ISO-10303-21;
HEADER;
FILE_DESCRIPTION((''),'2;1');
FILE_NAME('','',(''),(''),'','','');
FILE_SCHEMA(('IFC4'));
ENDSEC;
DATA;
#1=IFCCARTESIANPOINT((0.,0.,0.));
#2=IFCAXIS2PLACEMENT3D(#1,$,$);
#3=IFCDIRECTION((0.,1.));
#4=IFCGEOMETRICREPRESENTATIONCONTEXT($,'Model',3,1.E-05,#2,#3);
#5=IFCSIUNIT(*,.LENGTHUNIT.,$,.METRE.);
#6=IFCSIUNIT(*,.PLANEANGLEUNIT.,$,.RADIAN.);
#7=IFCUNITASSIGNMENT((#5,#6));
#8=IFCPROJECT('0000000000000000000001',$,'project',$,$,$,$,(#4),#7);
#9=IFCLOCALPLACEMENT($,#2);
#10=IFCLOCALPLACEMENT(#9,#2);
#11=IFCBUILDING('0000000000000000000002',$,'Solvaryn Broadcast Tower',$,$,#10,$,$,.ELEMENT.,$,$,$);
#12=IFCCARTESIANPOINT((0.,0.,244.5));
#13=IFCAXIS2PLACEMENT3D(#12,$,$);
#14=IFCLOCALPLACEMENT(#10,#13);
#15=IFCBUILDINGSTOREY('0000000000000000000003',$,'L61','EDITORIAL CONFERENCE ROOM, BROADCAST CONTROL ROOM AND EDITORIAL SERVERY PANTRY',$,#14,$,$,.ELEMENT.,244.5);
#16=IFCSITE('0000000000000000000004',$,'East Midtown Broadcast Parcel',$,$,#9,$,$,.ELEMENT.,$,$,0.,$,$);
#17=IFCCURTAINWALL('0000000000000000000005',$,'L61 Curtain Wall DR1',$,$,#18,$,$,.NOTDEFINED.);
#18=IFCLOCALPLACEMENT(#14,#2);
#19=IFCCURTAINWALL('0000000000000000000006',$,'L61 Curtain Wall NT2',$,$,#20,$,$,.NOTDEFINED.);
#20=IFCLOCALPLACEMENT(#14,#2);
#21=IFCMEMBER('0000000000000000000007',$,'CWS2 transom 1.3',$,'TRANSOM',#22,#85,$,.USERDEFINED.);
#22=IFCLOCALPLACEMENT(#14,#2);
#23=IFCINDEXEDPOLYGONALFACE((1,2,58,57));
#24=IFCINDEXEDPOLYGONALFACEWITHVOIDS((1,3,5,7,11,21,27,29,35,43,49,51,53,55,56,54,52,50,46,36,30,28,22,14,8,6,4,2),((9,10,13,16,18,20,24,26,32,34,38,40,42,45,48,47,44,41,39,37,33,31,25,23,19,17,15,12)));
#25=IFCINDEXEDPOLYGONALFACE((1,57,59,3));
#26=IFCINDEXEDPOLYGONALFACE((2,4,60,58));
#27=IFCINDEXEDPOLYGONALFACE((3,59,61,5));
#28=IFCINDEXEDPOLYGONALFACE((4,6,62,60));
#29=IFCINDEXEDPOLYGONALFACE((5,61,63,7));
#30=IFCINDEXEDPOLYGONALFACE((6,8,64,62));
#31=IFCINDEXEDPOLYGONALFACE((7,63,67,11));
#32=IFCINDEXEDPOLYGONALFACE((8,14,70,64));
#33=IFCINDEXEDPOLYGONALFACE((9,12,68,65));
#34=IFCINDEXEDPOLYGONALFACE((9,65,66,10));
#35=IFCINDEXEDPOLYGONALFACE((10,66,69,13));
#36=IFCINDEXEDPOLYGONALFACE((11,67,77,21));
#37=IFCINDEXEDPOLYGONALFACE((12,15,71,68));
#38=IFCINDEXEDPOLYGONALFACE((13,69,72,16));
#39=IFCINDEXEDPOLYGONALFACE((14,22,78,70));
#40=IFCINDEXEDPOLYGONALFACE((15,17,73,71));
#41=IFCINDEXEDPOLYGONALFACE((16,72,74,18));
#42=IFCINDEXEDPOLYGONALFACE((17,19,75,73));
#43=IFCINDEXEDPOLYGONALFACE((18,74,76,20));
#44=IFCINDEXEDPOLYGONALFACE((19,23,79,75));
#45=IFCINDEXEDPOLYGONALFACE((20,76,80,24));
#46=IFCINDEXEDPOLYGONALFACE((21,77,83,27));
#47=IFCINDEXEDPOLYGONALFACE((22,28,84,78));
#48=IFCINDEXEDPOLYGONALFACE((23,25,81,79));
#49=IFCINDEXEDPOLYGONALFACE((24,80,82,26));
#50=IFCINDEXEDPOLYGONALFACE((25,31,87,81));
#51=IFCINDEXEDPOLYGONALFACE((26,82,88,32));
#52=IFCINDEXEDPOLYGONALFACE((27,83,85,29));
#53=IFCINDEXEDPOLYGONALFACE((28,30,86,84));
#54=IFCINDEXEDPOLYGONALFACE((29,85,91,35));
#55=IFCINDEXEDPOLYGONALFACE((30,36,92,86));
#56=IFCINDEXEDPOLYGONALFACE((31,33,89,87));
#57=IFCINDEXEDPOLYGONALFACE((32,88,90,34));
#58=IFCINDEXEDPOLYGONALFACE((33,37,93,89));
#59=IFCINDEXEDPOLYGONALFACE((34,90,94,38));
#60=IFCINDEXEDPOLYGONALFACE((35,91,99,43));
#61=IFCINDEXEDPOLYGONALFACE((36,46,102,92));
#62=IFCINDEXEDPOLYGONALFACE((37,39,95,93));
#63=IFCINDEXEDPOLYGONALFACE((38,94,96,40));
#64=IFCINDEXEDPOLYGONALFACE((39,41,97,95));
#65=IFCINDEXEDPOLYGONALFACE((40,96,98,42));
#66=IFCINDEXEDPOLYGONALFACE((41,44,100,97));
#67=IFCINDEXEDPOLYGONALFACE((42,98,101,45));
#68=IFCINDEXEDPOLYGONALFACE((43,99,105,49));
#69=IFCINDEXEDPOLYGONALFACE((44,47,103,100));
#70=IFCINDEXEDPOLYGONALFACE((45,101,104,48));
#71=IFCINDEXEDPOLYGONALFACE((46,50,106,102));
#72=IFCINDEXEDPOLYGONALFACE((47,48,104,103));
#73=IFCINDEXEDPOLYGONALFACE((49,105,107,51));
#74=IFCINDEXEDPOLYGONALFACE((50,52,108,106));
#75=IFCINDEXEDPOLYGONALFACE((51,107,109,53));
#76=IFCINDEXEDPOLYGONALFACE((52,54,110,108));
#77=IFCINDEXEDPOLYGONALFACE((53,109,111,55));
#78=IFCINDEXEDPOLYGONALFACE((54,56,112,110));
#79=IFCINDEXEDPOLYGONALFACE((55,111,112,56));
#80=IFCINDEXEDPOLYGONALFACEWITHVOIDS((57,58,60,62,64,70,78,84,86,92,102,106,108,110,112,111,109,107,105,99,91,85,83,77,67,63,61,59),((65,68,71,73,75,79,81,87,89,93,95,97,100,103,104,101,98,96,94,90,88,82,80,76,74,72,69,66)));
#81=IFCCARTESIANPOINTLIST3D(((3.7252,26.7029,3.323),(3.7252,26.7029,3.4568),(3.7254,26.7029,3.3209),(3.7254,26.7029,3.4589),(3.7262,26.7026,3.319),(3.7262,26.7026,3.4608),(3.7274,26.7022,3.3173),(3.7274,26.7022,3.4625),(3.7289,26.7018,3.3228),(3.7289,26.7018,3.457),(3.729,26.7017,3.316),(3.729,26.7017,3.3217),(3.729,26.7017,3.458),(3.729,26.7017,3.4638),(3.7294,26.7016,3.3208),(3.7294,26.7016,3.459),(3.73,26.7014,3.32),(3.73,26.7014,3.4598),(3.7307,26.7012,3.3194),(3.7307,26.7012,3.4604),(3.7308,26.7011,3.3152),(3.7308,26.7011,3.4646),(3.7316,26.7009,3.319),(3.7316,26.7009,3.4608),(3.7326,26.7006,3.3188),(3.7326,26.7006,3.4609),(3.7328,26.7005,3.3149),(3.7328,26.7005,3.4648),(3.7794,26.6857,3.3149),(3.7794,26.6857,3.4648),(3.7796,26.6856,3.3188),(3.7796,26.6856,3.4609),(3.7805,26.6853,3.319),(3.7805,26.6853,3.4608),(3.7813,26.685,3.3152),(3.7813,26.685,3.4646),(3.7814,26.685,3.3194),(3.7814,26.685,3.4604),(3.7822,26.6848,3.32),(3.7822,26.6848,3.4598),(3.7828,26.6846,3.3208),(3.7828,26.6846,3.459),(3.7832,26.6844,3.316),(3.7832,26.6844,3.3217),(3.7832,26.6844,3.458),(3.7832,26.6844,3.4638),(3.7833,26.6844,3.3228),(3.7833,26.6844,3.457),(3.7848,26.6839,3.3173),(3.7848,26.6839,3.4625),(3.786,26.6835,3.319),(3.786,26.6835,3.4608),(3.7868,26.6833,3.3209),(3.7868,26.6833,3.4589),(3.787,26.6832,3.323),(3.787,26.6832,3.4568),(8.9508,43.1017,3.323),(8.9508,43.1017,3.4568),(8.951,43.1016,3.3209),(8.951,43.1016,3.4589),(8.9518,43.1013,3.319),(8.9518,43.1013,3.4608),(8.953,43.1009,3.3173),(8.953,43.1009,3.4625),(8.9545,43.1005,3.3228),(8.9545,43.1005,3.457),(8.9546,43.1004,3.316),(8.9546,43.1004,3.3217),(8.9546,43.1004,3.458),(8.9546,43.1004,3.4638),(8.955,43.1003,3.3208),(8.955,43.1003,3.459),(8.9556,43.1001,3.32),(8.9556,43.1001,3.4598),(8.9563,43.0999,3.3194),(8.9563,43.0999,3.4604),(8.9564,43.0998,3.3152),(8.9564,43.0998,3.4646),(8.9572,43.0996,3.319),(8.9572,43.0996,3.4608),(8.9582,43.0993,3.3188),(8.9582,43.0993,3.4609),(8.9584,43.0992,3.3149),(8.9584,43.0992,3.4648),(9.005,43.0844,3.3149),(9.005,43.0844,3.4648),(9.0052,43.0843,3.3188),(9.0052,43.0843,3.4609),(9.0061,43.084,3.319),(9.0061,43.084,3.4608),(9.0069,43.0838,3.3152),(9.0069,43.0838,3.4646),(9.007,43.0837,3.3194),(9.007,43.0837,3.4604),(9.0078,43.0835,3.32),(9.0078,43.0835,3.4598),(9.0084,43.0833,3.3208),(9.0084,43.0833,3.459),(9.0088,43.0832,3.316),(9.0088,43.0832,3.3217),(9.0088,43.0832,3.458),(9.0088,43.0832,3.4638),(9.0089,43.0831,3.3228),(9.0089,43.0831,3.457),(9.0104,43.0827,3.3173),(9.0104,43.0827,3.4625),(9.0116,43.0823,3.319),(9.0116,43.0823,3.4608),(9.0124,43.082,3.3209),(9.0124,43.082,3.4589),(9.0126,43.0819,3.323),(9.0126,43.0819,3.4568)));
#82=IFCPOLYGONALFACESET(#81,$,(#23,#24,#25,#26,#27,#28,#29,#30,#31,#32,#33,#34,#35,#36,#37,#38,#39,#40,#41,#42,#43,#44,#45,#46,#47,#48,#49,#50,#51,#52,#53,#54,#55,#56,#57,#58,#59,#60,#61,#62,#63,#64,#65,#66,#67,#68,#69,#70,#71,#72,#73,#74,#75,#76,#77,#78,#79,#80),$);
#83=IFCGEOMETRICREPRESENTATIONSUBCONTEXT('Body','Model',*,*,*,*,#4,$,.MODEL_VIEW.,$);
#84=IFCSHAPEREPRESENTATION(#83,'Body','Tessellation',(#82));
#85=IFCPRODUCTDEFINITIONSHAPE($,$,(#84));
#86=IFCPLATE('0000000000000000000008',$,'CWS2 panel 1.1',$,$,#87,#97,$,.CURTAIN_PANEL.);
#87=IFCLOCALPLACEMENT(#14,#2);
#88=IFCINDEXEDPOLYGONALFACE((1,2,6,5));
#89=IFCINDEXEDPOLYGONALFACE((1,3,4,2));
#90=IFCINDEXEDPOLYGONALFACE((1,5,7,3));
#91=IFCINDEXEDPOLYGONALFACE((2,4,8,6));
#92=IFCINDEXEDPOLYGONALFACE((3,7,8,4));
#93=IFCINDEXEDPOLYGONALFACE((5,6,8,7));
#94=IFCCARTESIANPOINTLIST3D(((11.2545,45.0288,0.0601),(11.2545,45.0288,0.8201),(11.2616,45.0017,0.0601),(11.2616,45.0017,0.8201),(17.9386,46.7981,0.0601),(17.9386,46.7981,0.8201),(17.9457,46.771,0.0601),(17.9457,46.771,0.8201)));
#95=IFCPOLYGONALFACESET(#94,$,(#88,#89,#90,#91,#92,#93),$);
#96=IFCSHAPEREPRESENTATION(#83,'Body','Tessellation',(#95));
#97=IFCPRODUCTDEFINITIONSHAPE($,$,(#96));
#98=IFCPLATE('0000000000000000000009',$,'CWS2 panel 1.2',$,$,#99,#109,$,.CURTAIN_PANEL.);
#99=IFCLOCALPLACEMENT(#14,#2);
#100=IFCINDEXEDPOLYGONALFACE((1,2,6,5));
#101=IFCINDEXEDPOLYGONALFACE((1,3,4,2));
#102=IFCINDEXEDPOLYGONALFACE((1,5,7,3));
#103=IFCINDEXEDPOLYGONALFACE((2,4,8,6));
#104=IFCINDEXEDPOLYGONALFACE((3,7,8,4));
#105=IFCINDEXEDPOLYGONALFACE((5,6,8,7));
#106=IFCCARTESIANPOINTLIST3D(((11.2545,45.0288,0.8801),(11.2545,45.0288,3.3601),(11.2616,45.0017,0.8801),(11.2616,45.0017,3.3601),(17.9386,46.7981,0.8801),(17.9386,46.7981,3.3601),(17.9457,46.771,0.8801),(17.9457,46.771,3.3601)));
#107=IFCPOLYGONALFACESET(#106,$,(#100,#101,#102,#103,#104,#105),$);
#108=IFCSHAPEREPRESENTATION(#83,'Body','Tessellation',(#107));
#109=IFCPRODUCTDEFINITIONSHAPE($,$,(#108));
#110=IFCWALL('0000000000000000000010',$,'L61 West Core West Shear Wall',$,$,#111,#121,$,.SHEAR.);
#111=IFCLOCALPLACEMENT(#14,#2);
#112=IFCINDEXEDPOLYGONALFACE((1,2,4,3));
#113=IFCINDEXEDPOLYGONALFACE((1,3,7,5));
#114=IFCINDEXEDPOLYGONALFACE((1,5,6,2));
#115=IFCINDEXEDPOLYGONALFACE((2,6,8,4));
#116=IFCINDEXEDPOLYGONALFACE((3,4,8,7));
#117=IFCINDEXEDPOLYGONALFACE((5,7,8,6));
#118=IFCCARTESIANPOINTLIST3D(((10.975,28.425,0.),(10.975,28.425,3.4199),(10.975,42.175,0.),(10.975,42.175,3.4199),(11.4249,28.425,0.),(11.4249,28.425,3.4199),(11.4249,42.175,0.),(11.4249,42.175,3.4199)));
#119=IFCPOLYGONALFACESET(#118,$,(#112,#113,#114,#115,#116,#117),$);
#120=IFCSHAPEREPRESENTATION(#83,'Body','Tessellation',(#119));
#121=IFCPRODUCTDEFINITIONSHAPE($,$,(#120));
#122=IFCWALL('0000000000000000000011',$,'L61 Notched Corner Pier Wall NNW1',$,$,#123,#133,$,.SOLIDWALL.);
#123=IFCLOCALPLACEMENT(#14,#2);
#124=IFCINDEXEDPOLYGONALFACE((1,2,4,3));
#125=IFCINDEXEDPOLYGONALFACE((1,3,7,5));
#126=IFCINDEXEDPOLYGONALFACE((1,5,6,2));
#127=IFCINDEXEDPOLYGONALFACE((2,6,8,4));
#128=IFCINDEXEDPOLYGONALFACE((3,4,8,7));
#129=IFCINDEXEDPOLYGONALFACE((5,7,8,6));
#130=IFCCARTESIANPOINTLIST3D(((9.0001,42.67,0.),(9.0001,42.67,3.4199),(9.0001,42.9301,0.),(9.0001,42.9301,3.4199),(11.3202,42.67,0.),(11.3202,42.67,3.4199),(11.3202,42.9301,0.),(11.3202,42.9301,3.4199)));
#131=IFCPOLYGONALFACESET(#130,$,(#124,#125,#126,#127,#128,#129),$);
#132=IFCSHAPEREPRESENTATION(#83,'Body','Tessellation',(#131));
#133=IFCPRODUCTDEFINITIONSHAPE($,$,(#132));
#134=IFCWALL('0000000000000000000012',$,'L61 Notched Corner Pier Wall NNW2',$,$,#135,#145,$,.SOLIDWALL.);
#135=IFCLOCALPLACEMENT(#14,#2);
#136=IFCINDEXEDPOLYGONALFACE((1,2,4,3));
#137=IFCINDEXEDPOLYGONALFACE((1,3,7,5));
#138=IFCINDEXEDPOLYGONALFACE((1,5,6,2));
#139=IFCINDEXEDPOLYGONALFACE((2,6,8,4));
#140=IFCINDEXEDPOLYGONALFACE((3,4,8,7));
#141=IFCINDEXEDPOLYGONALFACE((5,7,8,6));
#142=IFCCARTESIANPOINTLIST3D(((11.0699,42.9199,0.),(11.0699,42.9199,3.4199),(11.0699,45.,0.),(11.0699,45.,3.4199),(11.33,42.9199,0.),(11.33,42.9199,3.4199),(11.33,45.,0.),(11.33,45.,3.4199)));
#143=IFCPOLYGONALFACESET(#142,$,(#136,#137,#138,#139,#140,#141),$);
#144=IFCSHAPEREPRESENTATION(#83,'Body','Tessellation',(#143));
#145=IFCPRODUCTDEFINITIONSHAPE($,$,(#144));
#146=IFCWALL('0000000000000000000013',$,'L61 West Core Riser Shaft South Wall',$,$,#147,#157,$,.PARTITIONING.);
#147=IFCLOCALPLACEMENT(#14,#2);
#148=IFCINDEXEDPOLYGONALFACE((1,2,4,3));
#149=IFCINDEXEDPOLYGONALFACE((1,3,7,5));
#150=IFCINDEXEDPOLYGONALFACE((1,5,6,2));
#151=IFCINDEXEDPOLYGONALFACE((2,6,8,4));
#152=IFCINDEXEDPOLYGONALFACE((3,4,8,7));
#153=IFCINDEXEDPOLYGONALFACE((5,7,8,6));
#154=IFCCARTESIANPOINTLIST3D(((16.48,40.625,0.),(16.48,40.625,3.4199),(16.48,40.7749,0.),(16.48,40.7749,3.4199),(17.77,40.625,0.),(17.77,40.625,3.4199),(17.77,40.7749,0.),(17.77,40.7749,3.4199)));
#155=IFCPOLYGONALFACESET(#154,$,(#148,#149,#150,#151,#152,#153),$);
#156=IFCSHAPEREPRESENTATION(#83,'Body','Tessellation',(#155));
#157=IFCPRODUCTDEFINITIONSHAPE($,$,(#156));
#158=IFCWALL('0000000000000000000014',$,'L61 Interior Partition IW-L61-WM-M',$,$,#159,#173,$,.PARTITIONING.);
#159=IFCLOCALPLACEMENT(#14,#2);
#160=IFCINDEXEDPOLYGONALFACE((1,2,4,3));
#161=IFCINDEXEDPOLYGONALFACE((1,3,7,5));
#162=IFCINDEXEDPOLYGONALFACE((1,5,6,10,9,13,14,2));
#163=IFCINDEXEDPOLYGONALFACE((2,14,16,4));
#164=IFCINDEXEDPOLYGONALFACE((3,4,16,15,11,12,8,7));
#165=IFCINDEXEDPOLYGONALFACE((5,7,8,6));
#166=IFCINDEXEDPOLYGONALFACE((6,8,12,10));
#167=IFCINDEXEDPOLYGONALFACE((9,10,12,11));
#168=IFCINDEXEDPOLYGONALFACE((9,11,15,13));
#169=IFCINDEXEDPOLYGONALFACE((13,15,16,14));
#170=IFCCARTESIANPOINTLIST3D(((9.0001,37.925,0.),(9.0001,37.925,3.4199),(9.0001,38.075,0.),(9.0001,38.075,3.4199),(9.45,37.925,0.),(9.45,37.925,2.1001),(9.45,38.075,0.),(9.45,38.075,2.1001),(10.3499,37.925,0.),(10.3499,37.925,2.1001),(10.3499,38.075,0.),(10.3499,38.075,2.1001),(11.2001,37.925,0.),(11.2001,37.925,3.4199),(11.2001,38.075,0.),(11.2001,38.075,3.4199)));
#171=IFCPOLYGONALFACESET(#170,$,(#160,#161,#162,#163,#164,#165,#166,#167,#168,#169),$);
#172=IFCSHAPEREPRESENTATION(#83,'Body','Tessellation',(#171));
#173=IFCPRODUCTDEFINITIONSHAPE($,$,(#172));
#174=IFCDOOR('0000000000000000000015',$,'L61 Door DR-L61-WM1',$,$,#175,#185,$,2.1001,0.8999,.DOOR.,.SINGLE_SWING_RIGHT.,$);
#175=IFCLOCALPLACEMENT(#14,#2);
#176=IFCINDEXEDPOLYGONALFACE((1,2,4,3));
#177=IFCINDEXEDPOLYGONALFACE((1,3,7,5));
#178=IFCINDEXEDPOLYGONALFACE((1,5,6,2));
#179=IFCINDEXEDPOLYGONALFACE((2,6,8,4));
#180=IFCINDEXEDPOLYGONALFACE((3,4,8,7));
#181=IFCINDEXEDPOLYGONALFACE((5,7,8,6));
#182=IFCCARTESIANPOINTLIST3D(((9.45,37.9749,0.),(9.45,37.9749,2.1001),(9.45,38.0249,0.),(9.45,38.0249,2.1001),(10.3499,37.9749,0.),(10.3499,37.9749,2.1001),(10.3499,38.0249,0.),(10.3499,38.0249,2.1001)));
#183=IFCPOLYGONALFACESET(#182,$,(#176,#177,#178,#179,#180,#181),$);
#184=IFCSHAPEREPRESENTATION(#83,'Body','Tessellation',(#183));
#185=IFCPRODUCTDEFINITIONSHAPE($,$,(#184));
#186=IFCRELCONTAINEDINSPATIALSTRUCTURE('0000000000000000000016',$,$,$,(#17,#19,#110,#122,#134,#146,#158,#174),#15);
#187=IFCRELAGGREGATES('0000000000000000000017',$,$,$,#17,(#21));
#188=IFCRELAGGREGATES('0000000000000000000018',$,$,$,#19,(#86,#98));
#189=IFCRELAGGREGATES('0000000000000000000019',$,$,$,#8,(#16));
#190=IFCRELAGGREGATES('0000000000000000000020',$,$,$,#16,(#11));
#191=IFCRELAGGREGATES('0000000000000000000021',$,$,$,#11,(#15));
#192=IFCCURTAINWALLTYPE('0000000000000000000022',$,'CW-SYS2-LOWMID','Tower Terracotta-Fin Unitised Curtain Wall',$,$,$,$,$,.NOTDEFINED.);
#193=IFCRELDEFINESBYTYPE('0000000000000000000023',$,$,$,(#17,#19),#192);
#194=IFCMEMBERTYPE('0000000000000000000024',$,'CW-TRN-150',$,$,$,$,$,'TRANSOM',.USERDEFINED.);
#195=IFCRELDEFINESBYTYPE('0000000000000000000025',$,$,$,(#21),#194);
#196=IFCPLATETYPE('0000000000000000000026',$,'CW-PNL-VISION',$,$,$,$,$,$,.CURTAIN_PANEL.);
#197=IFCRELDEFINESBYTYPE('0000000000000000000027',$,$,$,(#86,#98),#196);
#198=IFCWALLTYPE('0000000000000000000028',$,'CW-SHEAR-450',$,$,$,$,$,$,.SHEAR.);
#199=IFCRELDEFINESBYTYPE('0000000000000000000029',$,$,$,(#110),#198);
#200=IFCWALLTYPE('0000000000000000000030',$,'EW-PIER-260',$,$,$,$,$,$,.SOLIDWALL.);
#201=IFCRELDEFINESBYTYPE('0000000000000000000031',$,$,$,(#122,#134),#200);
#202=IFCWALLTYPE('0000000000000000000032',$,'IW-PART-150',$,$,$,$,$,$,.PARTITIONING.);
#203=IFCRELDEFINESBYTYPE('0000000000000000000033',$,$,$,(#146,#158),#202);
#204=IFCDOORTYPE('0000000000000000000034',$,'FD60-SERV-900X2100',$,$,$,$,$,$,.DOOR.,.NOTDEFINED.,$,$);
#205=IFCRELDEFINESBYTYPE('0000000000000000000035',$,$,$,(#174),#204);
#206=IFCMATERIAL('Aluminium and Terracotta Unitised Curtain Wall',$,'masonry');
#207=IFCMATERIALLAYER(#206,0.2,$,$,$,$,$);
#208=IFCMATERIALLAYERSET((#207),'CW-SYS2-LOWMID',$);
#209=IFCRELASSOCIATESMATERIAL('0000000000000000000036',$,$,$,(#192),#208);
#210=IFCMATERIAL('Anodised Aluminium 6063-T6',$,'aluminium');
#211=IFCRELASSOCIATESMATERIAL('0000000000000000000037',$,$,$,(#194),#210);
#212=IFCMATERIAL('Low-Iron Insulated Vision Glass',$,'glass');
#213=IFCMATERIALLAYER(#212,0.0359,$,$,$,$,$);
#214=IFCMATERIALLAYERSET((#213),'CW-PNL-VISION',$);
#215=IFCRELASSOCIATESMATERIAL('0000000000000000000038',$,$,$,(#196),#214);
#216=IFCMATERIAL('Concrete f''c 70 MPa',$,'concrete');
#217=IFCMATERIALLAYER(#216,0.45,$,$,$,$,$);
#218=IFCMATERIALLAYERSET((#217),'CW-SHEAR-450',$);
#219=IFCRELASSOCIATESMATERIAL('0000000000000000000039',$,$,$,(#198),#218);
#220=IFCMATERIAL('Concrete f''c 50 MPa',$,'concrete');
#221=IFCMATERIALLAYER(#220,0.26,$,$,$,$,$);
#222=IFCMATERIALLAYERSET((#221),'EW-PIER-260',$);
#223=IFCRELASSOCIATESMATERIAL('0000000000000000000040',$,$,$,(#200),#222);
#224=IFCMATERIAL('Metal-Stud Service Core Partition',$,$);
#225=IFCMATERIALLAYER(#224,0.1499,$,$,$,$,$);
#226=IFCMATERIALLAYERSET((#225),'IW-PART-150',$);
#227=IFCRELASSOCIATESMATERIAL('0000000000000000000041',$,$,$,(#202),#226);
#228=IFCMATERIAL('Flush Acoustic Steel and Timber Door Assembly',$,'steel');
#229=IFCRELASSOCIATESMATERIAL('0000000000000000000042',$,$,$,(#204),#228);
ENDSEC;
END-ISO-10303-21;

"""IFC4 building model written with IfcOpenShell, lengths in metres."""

from ifc_helpers import new_model, si_unit, direction, frame, frame_2d, origin, origin_2d, place, context, subcontext, project, spatial, rectangle, hollow_rectangle, extrude, material, layer, layer_set, material_profile, profile_set, type_object, element, fill, aggregate, save


model = new_model("IFC4")

# Units and contexts
model_context = context("Model", 3, precision=1e-05, world=origin(), true_north=direction((0.0, 1.0)))
body_context = subcontext(model_context, "Body", "Model", "MODEL_VIEW")
ifc_project = project(units=[si_unit("LENGTHUNIT", "METRE"), si_unit("PLANEANGLEUNIT", "RADIAN")], contexts=[model_context])

# Site, building, storey
site_placement = place(None, origin())
site = spatial("IfcSite", under=ifc_project, at=site_placement, Name="East Midtown Broadcast Parcel", CompositionType="ELEMENT", RefElevation=0.0)
building_placement = place(site_placement, origin())
building = spatial("IfcBuilding", under=site, at=building_placement, Name="Solvaryn Broadcast Tower", CompositionType="ELEMENT")
storey_placement = place(building_placement, frame((0.0, 0.0, 244.5)))
storey = spatial("IfcBuildingStorey", under=building, at=storey_placement, Name="L61", Description="EDITORIAL CONFERENCE ROOM, BROADCAST CONTROL ROOM AND EDITORIAL SERVERY PANTRY", CompositionType="ELEMENT", Elevation=244.5)

# Curtain walls
ifc_material_1 = material(Name="Aluminium and Terracotta Unitised Curtain Wall", Category="masonry")
ifc_layer_1 = layer(ifc_material_1, 0.2)
ifc_layer_set_1 = layer_set([ifc_layer_1], Name="CW-SYS2-LOWMID")
curtain_wall_type = type_object("IfcCurtainWallType", Name="CW-SYS2-LOWMID", Description="Tower Terracotta-Fin Unitised Curtain Wall", PredefinedType="NOTDEFINED", material=ifc_layer_set_1)
curtain_wall_1_placement = place(storey_placement, origin())
curtain_wall_1 = element("IfcCurtainWall", 1, at=curtain_wall_1_placement, inside=storey, type_object=curtain_wall_type, Name="L61 Curtain Wall DR1", PredefinedType="NOTDEFINED")
curtain_wall_2_placement = place(storey_placement, origin())
curtain_wall_2 = element("IfcCurtainWall", 2, at=curtain_wall_2_placement, inside=storey, type_object=curtain_wall_type, Name="L61 Curtain Wall NT2", PredefinedType="NOTDEFINED")

# Member
ifc_material_2 = material(Name="Anodised Aluminium 6063-T6", Category="aluminium")
ifc_material_profile_1 = material_profile(ifc_material_2, hollow_rectangle(XDim=0.0649, YDim=0.1499, WallThickness=0.0039, InnerFilletRadius=0.0039, OuterFilletRadius=0.0081, at=origin_2d()))
ifc_profile_set_1 = profile_set([ifc_material_profile_1], Name="Anodised Aluminium 6063-T6")
member_type_1 = type_object("IfcMemberType", Name="CW-TRN-150", ElementType="TRANSOM", PredefinedType="USERDEFINED", material=ifc_profile_set_1)
member_1_placement = place(storey_placement, frame((8.9817, 43.0918, 3.3899), z_axis=(-0.303616, -0.952794, 0.0), x_axis=(0.952794, -0.303616, 0.0)))
member_1 = element("IfcMember", 3, at=member_1_placement, type_object=member_type_1, Name="CWS2 transom 1.3", ObjectType="TRANSOM", PredefinedType="USERDEFINED", context=body_context, shape_type="SweptSolid", body=[
    extrude(hollow_rectangle(XDim=0.0649, YDim=0.1499, WallThickness=0.0039, InnerFilletRadius=0.0039, OuterFilletRadius=0.0081, at=origin_2d()), origin(), (0.0, 0.0, 1.0), 17.2112),
])
aggregate(curtain_wall_1, [member_1])

# Plates
ifc_material_3 = material(Name="Low-Iron Insulated Vision Glass", Category="glass")
ifc_layer_2 = layer(ifc_material_3, 0.0359)
ifc_layer_set_2 = layer_set([ifc_layer_2], Name="CW-PNL-VISION")
plate_type = type_object("IfcPlateType", Name="CW-PNL-VISION", PredefinedType="CURTAIN_PANEL", material=ifc_layer_set_2)
plate_1_placement = place(storey_placement, frame((14.6001, 45.8999, 0.0601), z_axis=(0.0, 0.0, 1.0), x_axis=(-0.966705, -0.255893, 0.0)))
plate_1 = element("IfcPlate", 4, at=plate_1_placement, type_object=plate_type, Name="CWS2 panel 1.1", PredefinedType="CURTAIN_PANEL", context=body_context, shape_type="SweptSolid", body=[
    extrude(rectangle(XDim=6.9143, YDim=0.0281, at=origin_2d()), origin(), (0.0, 0.0, 1.0), 0.76),
])
plate_2_placement = place(storey_placement, frame((14.6001, 45.8999, 0.8801), z_axis=(0.0, 0.0, 1.0), x_axis=(-0.966705, -0.255893, 0.0)))
plate_2 = element("IfcPlate", 5, at=plate_2_placement, type_object=plate_type, Name="CWS2 panel 1.2", PredefinedType="CURTAIN_PANEL", context=body_context, shape_type="SweptSolid", body=[
    extrude(rectangle(XDim=6.9143, YDim=0.0281, at=origin_2d()), origin(), (0.0, 0.0, 1.0), 2.48),
])
aggregate(curtain_wall_2, [plate_1, plate_2])

# Walls
ifc_material_4 = material(Name="Concrete f'c 70 MPa", Category="concrete")
ifc_layer_3 = layer(ifc_material_4, 0.45)
ifc_layer_set_3 = layer_set([ifc_layer_3], Name="CW-SHEAR-450")
wall_type_1 = type_object("IfcWallType", Name="CW-SHEAR-450", PredefinedType="SHEAR", material=ifc_layer_set_3)
wall_1_placement = place(storey_placement, frame((11.2, 42.175, 0.0), z_axis=(0.0, 0.0, 1.0), x_axis=(0.0, -1.0, 0.0)))
element("IfcWall", 6, at=wall_1_placement, inside=storey, type_object=wall_type_1, Name="L61 West Core West Shear Wall", PredefinedType="SHEAR", context=body_context, shape_type="SweptSolid", body=[
    extrude(rectangle(XDim=13.75, YDim=0.45, at=frame_2d((6.875, 0.0))), origin(), (0.0, 0.0, 1.0), 3.4199),
])
ifc_material_5 = material(Name="Concrete f'c 50 MPa", Category="concrete")
ifc_layer_4 = layer(ifc_material_5, 0.26)
ifc_layer_set_4 = layer_set([ifc_layer_4], Name="EW-PIER-260")
wall_type_2 = type_object("IfcWallType", Name="EW-PIER-260", PredefinedType="SOLIDWALL", material=ifc_layer_set_4)
wall_2_placement = place(storey_placement, frame((9.0, 42.8, 0.0), z_axis=(0.0, 0.0, 1.0), x_axis=(1.0, 0.0, 0.0)))
element("IfcWall", 7, at=wall_2_placement, inside=storey, type_object=wall_type_2, Name="L61 Notched Corner Pier Wall NNW1", PredefinedType="SOLIDWALL", context=body_context, shape_type="SweptSolid", body=[
    extrude(rectangle(XDim=2.3201, YDim=0.26, at=frame_2d((1.1602, 0.0))), origin(), (0.0, 0.0, 1.0), 3.4199),
])
wall_3_placement = place(storey_placement, frame((11.2, 42.9199, 0.0), z_axis=(0.0, 0.0, 1.0), x_axis=(0.0, 1.0, 0.0)))
element("IfcWall", 8, at=wall_3_placement, inside=storey, type_object=wall_type_2, Name="L61 Notched Corner Pier Wall NNW2", PredefinedType="SOLIDWALL", context=body_context, shape_type="SweptSolid", body=[
    extrude(rectangle(XDim=2.0801, YDim=0.26, at=frame_2d((1.04, 0.0))), origin(), (0.0, 0.0, 1.0), 3.4199),
])
ifc_material_6 = material(Name="Metal-Stud Service Core Partition")
ifc_layer_5 = layer(ifc_material_6, 0.1499)
ifc_layer_set_5 = layer_set([ifc_layer_5], Name="IW-PART-150")
wall_type_3 = type_object("IfcWallType", Name="IW-PART-150", PredefinedType="PARTITIONING", material=ifc_layer_set_5)
wall_4_placement = place(storey_placement, frame((16.48, 40.7, 0.0), z_axis=(0.0, 0.0, 1.0), x_axis=(1.0, 0.0, 0.0)))
element("IfcWall", 9, at=wall_4_placement, inside=storey, type_object=wall_type_3, Name="L61 West Core Riser Shaft South Wall", PredefinedType="PARTITIONING", context=body_context, shape_type="SweptSolid", body=[
    extrude(rectangle(XDim=1.29, YDim=0.1499, at=frame_2d((0.645, 0.0))), origin(), (0.0, 0.0, 1.0), 3.4199),
])

# Wall, opening, door
wall_5_placement = place(storey_placement, frame((9.0, 38.0, 0.0), z_axis=(0.0, 0.0, 1.0), x_axis=(1.0, 0.0, 0.0)))
wall_5 = element("IfcWall", 10, at=wall_5_placement, inside=storey, type_object=wall_type_3, Name="L61 Interior Partition IW-L61-WM-M", PredefinedType="PARTITIONING", context=body_context, shape_type="SweptSolid", body=[
    extrude(rectangle(XDim=2.2, YDim=0.1499, at=frame_2d((1.1001, 0.0))), origin(), (0.0, 0.0, 1.0), 3.4199),
])
opening_placement = place(wall_5_placement, frame((0.45, 0.0, 0.0)))
opening = element("IfcOpeningElement", 11, at=opening_placement, cuts=wall_5, PredefinedType="OPENING", context=body_context, shape_type="SweptSolid", body=[
    extrude(rectangle(XDim=0.8999, YDim=2.1001, at=frame_2d((0.45, 1.05))), frame((0.0, 0.085, 0.0), z_axis=(0.0, -1.0, 0.0), x_axis=(1.0, 0.0, 0.0)), (0.0, 0.0, 1.0), 0.1699),
])
ifc_material_7 = material(Name="Flush Acoustic Steel and Timber Door Assembly", Category="steel")
door_type = type_object("IfcDoorType", Name="FD60-SERV-900X2100", OperationType="NOTDEFINED", PredefinedType="DOOR", material=ifc_material_7)
door_placement = place(opening_placement, origin())
door = element("IfcDoor", 12, at=door_placement, inside=storey, type_object=door_type, Name="L61 Door DR-L61-WM1", OperationType="SINGLE_SWING_RIGHT", OverallHeight=2.1001, OverallWidth=0.8999, PredefinedType="DOOR", context=body_context, shape_type="SweptSolid", body=[
    extrude(rectangle(XDim=0.8999, YDim=2.1001, at=frame_2d((0.45, 1.05))), frame((0.0, 0.0249, 0.0), z_axis=(0.0, -1.0, 0.0), x_axis=(1.0, 0.0, 0.0)), (0.0, 0.0, 1.0), 0.05),
])
fill(opening, door)

save(model, "model.ifc")
